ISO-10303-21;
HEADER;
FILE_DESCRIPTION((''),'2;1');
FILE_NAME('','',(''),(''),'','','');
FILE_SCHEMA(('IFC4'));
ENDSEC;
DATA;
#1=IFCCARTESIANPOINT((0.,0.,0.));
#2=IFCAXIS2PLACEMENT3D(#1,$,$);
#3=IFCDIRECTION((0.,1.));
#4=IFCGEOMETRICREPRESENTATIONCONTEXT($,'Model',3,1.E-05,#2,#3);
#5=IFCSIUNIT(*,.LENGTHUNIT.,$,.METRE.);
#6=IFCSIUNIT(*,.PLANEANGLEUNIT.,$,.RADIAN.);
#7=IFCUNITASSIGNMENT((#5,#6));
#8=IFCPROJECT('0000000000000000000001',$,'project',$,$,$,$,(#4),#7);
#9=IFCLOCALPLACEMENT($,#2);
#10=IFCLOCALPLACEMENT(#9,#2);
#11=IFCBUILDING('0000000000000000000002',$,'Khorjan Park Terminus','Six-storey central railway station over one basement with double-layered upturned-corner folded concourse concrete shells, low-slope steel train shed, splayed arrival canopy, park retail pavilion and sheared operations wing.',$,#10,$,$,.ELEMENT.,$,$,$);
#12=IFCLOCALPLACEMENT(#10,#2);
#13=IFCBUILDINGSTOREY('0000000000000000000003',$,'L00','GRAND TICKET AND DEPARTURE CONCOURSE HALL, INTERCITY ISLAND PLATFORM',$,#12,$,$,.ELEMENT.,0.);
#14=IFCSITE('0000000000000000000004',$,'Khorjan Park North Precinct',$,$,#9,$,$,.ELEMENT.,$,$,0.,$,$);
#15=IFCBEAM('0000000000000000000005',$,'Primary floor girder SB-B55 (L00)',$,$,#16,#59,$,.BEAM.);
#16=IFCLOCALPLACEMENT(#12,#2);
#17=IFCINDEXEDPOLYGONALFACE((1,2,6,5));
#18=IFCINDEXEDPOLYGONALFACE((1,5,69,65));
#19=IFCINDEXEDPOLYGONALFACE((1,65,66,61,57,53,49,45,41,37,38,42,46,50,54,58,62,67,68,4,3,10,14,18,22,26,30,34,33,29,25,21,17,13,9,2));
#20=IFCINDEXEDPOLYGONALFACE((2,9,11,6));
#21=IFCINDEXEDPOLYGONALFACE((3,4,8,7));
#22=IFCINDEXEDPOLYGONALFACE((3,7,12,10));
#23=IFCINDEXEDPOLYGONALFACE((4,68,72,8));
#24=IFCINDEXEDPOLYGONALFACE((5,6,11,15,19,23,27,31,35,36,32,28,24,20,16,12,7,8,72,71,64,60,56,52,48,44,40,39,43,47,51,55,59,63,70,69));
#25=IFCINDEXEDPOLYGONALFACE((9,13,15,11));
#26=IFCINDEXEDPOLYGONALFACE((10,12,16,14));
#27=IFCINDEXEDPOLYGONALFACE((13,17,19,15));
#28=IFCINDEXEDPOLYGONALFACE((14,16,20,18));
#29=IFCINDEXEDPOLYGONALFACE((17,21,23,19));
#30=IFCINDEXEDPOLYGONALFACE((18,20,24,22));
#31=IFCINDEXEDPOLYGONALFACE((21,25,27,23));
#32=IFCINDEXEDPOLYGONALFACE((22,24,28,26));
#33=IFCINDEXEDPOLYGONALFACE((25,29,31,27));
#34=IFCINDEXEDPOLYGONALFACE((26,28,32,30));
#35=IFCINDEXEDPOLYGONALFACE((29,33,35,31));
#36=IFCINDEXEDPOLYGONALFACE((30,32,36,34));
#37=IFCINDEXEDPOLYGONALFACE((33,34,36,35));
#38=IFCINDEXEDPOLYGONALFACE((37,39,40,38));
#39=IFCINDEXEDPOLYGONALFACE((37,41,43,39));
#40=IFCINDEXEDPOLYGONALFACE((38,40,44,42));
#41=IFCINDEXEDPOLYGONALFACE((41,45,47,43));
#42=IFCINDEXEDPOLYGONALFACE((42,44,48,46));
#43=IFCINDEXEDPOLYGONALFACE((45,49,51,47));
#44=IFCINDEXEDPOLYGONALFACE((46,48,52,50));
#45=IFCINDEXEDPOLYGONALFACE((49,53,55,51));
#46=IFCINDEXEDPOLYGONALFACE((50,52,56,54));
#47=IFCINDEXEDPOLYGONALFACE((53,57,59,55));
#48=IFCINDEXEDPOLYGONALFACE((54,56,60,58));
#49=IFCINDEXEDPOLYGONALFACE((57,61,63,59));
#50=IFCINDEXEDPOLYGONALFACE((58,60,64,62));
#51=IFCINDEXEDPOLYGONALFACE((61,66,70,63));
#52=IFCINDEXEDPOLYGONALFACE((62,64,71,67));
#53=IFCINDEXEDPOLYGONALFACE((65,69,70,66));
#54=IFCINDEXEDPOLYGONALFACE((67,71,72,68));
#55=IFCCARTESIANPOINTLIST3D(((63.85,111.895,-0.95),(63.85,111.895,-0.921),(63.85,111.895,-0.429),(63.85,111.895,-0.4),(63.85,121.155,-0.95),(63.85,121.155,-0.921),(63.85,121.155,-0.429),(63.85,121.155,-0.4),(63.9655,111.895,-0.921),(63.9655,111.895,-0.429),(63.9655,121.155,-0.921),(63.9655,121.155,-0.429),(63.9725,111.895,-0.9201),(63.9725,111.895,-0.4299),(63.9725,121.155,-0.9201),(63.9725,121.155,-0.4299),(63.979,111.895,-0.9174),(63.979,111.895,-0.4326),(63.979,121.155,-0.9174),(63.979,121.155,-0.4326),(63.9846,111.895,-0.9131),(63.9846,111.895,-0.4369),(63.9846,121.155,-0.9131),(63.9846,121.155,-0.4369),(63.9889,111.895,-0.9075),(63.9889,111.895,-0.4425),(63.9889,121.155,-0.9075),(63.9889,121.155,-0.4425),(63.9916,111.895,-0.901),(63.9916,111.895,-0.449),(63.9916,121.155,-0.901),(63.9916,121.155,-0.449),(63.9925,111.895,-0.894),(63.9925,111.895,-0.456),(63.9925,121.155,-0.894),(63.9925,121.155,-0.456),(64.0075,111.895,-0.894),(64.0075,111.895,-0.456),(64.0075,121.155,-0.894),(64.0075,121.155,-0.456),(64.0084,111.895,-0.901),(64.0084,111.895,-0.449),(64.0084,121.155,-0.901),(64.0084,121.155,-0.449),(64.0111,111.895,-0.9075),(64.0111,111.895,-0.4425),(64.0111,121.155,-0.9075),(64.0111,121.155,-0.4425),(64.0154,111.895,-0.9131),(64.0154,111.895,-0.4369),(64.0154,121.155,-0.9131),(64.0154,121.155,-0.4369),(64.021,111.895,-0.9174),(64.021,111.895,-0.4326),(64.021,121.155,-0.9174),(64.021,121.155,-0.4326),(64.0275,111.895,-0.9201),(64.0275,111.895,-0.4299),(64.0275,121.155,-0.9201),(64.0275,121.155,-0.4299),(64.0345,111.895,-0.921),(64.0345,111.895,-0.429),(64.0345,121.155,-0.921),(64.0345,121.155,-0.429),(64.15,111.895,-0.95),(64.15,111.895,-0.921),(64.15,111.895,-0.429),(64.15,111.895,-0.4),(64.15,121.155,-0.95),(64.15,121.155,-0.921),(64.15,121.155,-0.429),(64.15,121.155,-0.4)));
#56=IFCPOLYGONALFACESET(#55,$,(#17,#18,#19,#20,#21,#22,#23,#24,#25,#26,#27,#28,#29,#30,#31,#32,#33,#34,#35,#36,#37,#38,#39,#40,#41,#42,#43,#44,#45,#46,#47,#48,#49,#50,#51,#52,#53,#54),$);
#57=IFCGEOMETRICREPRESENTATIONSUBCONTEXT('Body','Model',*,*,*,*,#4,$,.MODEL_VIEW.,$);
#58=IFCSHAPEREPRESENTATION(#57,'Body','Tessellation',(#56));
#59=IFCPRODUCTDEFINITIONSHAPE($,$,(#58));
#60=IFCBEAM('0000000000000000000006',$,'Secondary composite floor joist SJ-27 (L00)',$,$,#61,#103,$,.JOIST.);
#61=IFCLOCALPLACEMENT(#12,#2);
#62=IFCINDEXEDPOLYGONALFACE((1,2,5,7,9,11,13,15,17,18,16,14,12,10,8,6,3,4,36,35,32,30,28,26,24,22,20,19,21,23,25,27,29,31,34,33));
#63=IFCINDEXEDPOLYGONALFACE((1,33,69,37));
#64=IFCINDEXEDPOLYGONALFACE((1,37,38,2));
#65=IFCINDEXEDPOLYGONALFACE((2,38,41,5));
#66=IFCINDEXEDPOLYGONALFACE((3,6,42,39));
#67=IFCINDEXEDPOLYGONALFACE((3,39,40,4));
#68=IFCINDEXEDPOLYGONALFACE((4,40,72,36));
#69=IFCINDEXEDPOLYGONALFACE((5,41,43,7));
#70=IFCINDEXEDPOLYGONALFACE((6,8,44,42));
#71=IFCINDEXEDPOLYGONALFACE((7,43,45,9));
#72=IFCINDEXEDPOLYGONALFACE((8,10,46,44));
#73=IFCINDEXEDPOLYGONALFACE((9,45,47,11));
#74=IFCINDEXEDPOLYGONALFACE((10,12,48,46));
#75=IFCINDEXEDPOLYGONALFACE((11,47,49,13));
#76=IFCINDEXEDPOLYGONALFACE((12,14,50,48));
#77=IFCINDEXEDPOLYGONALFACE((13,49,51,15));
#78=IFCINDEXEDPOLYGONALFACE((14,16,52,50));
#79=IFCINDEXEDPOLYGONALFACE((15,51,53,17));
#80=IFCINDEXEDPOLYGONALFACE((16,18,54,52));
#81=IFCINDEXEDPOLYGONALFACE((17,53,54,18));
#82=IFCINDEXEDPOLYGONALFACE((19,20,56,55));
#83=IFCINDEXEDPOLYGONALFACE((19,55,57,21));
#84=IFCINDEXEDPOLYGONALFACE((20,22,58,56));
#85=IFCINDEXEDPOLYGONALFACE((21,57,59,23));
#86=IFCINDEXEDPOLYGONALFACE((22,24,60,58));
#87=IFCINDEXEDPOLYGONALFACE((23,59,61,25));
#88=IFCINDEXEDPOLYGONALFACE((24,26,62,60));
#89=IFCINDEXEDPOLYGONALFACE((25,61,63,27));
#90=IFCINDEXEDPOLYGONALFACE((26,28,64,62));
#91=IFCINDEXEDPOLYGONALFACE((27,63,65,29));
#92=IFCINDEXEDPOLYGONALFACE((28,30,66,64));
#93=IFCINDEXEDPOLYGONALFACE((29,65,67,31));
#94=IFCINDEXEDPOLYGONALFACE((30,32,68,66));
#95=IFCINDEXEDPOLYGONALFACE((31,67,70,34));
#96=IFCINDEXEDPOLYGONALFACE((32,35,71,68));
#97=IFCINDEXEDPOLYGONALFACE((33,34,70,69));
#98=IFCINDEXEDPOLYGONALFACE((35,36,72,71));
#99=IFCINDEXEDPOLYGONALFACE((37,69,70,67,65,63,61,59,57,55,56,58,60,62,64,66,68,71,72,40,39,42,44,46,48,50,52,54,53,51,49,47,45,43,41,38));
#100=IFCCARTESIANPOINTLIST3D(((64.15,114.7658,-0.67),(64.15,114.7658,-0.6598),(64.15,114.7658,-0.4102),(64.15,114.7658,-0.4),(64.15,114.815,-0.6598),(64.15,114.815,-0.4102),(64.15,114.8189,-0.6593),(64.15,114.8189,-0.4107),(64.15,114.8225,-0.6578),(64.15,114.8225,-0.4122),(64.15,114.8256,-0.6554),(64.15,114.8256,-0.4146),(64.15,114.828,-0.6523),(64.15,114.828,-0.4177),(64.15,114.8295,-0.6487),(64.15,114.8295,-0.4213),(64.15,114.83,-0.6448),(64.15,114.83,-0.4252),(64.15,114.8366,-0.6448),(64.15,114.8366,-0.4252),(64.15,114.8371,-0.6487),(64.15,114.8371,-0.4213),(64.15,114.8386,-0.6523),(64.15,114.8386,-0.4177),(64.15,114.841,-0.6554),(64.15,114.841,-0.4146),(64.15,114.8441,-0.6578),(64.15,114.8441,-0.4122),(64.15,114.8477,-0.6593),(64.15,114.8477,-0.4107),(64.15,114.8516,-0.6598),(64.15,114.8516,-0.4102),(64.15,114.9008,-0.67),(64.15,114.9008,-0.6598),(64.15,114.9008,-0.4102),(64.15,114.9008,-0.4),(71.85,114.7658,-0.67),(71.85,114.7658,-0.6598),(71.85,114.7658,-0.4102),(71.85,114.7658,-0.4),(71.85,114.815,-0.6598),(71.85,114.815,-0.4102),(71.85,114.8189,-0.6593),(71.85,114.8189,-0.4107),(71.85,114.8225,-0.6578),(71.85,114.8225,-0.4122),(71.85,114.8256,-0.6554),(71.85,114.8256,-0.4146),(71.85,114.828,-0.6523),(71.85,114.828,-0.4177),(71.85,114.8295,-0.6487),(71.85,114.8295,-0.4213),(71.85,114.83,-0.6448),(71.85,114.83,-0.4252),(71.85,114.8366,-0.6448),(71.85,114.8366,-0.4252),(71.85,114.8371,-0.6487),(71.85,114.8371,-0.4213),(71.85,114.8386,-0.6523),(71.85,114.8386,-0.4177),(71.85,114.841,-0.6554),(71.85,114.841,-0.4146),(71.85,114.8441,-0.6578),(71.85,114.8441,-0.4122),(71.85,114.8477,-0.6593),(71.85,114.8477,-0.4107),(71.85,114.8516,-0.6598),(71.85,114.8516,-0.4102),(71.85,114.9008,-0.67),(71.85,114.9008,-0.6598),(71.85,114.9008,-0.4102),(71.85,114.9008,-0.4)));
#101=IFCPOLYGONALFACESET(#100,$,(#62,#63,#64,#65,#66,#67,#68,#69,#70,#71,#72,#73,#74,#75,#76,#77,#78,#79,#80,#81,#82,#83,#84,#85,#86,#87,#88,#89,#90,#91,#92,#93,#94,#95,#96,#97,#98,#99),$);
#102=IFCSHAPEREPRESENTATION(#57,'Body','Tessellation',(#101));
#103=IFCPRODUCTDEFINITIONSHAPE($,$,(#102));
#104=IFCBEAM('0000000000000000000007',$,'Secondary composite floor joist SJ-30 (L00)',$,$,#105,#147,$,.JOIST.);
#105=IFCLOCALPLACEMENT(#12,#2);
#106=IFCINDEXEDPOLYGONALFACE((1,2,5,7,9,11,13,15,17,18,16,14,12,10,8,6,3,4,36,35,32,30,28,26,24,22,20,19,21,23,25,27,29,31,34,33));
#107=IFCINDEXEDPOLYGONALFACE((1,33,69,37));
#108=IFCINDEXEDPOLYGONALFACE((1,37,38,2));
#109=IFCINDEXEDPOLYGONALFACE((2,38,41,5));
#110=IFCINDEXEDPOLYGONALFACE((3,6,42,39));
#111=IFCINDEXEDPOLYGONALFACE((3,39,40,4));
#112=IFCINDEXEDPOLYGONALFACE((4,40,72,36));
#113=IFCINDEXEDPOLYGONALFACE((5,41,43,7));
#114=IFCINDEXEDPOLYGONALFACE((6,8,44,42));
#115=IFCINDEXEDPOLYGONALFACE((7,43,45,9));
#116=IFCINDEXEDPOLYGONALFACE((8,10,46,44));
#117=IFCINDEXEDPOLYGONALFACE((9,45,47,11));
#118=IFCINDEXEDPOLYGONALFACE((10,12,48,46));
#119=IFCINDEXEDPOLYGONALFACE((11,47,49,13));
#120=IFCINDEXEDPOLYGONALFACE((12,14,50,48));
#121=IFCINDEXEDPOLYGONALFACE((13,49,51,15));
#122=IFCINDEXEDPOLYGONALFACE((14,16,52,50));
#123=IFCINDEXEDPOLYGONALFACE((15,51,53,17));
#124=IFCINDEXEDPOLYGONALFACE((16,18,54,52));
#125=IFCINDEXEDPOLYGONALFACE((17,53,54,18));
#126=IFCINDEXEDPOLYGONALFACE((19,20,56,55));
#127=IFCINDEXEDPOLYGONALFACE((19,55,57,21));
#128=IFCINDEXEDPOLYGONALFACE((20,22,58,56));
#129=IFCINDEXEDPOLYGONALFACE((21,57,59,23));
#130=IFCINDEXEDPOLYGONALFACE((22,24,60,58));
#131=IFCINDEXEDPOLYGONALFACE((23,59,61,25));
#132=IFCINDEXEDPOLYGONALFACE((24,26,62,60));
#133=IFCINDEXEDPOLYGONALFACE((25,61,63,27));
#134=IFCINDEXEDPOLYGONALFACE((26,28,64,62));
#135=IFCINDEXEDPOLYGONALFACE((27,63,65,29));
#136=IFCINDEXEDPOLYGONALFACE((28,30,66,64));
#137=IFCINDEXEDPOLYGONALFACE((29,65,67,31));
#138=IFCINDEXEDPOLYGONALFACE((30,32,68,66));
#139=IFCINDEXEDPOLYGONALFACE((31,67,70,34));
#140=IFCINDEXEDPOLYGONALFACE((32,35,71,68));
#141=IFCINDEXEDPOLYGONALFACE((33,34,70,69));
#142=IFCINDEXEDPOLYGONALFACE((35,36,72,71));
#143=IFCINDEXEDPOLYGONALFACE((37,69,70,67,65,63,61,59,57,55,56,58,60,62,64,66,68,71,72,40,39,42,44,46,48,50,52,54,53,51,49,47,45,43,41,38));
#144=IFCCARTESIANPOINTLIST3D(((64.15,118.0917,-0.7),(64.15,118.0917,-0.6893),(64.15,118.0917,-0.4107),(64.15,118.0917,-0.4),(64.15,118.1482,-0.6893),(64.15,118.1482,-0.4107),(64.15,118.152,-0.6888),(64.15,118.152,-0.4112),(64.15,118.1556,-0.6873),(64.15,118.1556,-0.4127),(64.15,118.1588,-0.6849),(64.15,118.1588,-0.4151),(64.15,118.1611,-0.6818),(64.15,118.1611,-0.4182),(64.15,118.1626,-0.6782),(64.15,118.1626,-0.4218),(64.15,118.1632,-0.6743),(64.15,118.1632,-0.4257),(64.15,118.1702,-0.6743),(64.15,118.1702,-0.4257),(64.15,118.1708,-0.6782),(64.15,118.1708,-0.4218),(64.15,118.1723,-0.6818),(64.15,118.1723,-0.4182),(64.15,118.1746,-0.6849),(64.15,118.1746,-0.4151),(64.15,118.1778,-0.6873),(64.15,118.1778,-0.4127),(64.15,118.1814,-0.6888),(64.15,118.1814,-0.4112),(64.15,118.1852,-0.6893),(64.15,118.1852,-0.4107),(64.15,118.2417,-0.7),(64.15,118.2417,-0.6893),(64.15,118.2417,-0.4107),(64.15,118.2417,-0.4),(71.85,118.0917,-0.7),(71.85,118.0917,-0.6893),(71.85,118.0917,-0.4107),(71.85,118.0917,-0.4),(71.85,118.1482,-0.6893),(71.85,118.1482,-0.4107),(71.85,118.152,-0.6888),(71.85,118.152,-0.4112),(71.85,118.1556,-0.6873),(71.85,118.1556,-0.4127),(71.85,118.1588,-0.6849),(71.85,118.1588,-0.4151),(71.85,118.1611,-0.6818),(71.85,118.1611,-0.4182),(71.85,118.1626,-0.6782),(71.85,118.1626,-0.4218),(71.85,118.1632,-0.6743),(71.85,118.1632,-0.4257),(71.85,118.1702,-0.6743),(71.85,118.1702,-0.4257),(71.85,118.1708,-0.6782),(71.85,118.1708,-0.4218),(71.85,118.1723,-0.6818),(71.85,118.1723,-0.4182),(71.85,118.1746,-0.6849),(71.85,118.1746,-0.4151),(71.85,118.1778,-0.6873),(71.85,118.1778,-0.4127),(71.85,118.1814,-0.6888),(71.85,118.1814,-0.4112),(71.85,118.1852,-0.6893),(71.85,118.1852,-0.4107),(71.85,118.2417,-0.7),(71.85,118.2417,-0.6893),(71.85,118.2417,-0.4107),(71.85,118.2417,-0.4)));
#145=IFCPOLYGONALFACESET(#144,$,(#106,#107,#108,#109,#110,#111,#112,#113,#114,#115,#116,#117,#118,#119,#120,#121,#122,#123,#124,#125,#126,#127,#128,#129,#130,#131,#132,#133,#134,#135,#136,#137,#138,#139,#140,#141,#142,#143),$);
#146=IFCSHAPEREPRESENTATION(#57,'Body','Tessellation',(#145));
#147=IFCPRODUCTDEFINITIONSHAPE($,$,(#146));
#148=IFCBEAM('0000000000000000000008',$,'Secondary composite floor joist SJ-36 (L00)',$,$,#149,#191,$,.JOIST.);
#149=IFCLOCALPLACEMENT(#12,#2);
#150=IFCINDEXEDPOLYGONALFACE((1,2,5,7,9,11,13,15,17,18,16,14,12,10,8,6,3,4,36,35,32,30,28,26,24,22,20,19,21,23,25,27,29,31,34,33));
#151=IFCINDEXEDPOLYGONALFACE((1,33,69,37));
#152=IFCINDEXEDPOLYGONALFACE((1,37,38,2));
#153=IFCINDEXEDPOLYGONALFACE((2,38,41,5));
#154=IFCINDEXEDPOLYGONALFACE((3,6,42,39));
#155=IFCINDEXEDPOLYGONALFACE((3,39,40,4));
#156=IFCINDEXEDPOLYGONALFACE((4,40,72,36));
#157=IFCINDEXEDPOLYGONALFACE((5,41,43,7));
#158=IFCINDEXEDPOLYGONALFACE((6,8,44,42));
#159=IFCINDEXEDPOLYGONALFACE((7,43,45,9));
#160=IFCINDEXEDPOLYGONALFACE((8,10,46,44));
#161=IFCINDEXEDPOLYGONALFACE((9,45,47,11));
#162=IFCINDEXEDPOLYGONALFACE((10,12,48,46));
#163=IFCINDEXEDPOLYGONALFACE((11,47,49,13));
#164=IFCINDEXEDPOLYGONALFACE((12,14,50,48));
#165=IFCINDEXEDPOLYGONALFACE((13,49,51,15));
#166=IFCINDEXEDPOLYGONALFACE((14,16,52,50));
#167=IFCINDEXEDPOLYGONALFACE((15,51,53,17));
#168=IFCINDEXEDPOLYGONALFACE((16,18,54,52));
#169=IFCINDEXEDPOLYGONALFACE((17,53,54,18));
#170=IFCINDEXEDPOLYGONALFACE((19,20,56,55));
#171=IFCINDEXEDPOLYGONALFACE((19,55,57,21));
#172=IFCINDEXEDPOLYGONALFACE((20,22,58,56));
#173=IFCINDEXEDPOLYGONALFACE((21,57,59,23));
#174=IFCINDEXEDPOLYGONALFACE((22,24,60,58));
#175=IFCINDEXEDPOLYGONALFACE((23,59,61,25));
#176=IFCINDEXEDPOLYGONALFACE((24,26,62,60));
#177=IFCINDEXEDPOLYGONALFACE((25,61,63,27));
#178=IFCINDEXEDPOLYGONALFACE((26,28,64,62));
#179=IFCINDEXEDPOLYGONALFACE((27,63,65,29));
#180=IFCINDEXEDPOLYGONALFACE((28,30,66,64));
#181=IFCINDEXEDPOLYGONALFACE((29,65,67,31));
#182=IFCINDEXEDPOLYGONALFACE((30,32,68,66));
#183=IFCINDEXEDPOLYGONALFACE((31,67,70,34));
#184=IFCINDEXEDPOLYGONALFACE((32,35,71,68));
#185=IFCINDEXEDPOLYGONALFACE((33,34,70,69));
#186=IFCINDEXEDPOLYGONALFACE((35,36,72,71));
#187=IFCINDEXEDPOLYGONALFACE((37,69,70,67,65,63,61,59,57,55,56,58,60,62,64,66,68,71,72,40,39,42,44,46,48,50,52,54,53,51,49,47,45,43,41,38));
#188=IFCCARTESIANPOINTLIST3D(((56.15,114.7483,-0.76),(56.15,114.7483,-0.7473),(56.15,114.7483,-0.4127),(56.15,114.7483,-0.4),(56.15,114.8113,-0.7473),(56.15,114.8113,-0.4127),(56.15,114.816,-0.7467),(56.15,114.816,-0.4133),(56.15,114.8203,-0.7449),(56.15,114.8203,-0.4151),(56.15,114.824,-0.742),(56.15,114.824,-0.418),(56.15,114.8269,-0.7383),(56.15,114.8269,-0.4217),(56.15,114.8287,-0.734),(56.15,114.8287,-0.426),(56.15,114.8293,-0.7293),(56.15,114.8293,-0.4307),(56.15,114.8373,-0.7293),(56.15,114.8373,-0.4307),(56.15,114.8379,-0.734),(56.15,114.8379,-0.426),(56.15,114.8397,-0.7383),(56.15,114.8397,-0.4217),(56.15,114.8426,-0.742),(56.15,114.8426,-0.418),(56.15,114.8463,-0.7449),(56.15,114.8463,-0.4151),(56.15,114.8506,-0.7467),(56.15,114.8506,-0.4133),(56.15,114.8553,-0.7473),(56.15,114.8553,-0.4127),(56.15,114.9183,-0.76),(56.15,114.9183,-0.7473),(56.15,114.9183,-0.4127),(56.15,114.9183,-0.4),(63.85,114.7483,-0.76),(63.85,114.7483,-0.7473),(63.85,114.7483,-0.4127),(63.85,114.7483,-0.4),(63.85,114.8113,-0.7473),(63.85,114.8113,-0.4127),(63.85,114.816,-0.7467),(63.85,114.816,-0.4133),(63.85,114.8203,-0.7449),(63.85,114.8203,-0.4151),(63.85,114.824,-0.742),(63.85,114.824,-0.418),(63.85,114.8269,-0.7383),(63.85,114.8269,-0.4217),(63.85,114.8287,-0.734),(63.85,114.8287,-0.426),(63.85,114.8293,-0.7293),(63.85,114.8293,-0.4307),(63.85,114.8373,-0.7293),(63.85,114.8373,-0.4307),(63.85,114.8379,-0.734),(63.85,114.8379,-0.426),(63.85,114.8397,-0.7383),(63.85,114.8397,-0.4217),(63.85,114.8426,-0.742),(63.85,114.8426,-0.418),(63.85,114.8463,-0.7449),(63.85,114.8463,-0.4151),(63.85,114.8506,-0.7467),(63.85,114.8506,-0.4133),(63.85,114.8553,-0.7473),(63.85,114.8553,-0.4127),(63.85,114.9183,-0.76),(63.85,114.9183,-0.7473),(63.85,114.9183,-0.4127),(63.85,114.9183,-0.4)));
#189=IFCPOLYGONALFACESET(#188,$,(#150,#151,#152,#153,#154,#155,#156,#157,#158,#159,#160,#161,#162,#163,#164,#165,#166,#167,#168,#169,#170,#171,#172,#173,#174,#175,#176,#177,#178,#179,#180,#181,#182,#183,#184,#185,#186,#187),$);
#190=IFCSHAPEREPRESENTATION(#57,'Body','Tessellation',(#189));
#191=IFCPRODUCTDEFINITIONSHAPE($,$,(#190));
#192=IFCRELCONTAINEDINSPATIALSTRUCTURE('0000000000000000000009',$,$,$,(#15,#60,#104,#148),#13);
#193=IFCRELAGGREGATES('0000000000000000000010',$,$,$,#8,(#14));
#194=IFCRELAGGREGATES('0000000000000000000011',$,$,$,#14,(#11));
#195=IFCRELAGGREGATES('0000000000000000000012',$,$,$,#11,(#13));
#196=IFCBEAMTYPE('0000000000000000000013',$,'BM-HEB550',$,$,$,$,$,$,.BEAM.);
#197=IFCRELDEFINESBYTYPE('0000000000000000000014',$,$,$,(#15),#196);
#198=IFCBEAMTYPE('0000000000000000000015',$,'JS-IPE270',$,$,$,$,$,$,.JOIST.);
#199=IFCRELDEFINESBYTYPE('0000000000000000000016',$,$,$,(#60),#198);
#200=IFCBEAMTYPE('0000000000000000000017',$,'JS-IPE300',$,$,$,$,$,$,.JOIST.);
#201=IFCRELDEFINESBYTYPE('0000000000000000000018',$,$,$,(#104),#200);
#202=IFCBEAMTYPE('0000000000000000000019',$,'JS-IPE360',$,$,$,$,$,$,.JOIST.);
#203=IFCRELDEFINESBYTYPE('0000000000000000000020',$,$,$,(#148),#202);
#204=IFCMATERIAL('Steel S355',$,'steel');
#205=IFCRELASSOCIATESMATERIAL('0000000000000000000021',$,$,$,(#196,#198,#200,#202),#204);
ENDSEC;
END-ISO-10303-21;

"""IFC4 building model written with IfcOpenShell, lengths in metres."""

from ifc_helpers import new_model, si_unit, direction, frame, origin, origin_2d, place, context, subcontext, project, spatial, i_section, extrude, material, material_profile, profile_set, type_object, element, save


model = new_model("IFC4")

# Units and contexts
model_context = context("Model", 3, precision=1e-05, world=origin(), true_north=direction((0.0, 1.0)))
body_context = subcontext(model_context, "Body", "Model", "MODEL_VIEW")
ifc_project = project(units=[si_unit("LENGTHUNIT", "METRE"), si_unit("PLANEANGLEUNIT", "RADIAN")], contexts=[model_context])

# Site, building, storey
site_placement = place(None, origin())
site = spatial("IfcSite", under=ifc_project, at=site_placement, Name="Khorjan Park North Precinct", CompositionType="ELEMENT", RefElevation=0.0)
building_placement = place(site_placement, origin())
building = spatial("IfcBuilding", under=site, at=building_placement, Name="Khorjan Park Terminus", Description="Six-storey central railway station over one basement with double-layered upturned-corner folded concourse concrete shells, low-slope steel train shed, splayed arrival canopy, park retail pavilion and sheared operations wing.", CompositionType="ELEMENT")
storey_placement = place(building_placement, origin())
storey = spatial("IfcBuildingStorey", under=building, at=storey_placement, Name="L00", Description="GRAND TICKET AND DEPARTURE CONCOURSE HALL, INTERCITY ISLAND PLATFORM", CompositionType="ELEMENT", Elevation=0.0)

# Shared definitions
ifc_material_1 = material(Name="Steel S355", Category="steel")

# Beams
ifc_material_profile_1 = material_profile(ifc_material_1, i_section(OverallWidth=0.3, OverallDepth=0.55, WebThickness=0.015, FlangeThickness=0.029, FilletRadius=0.027, at=origin_2d()), Name="HEB 550")
ifc_profile_set_1 = profile_set([ifc_material_profile_1], Name="Steel S355")
beam_type_1 = type_object("IfcBeamType", Name="BM-HEB550", PredefinedType="BEAM", material=ifc_profile_set_1)
beam_1_placement = place(storey_placement, frame((64.0, 111.895, -0.675), z_axis=(0.0, 1.0, 0.0), x_axis=(-1.0, 0.0, 0.0)))
element("IfcBeam", 1, at=beam_1_placement, inside=storey, type_object=beam_type_1, Name="Primary floor girder SB-B55 (L00)", PredefinedType="BEAM", context=body_context, shape_type="SweptSolid", body=[
    extrude(i_section(OverallWidth=0.3, OverallDepth=0.55, WebThickness=0.015, FlangeThickness=0.029, FilletRadius=0.027, at=origin_2d()), origin(), (0.0, 0.0, 1.0), 9.26),
])
ifc_material_profile_2 = material_profile(ifc_material_1, i_section(OverallWidth=0.135, OverallDepth=0.27, WebThickness=0.0066, FlangeThickness=0.0102, FilletRadius=0.015, at=origin_2d()), Name="IPE 270")
ifc_profile_set_2 = profile_set([ifc_material_profile_2], Name="Steel S355")
beam_type_2 = type_object("IfcBeamType", Name="JS-IPE270", PredefinedType="JOIST", material=ifc_profile_set_2)
beam_2_placement = place(storey_placement, frame((64.15, 114.8333, -0.535), z_axis=(1.0, 0.0, 0.0), x_axis=(0.0, 1.0, 0.0)))
element("IfcBeam", 2, at=beam_2_placement, inside=storey, type_object=beam_type_2, Name="Secondary composite floor joist SJ-27 (L00)", PredefinedType="JOIST", context=body_context, shape_type="SweptSolid", body=[
    extrude(i_section(OverallWidth=0.135, OverallDepth=0.27, WebThickness=0.0066, FlangeThickness=0.0102, FilletRadius=0.015, at=origin_2d()), origin(), (0.0, 0.0, 1.0), 7.7),
])
ifc_material_profile_3 = material_profile(ifc_material_1, i_section(OverallWidth=0.15, OverallDepth=0.3, WebThickness=0.0071, FlangeThickness=0.0107, FilletRadius=0.015, at=origin_2d()), Name="IPE 300")
ifc_profile_set_3 = profile_set([ifc_material_profile_3], Name="Steel S355")
beam_type_3 = type_object("IfcBeamType", Name="JS-IPE300", PredefinedType="JOIST", material=ifc_profile_set_3)
beam_3_placement = place(storey_placement, frame((64.15, 118.1667, -0.55), z_axis=(1.0, 0.0, 0.0), x_axis=(0.0, 1.0, 0.0)))
element("IfcBeam", 3, at=beam_3_placement, inside=storey, type_object=beam_type_3, Name="Secondary composite floor joist SJ-30 (L00)", PredefinedType="JOIST", context=body_context, shape_type="SweptSolid", body=[
    extrude(i_section(OverallWidth=0.15, OverallDepth=0.3, WebThickness=0.0071, FlangeThickness=0.0107, FilletRadius=0.015, at=origin_2d()), origin(), (0.0, 0.0, 1.0), 7.7),
])
ifc_material_profile_4 = material_profile(ifc_material_1, i_section(OverallWidth=0.17, OverallDepth=0.36, WebThickness=0.008, FlangeThickness=0.0127, FilletRadius=0.018, at=origin_2d()), Name="IPE 360")
ifc_profile_set_4 = profile_set([ifc_material_profile_4], Name="Steel S355")
beam_type_4 = type_object("IfcBeamType", Name="JS-IPE360", PredefinedType="JOIST", material=ifc_profile_set_4)
beam_4_placement = place(storey_placement, frame((56.15, 114.8333, -0.58), z_axis=(1.0, 0.0, 0.0), x_axis=(0.0, 1.0, 0.0)))
element("IfcBeam", 4, at=beam_4_placement, inside=storey, type_object=beam_type_4, Name="Secondary composite floor joist SJ-36 (L00)", PredefinedType="JOIST", context=body_context, shape_type="SweptSolid", body=[
    extrude(i_section(OverallWidth=0.17, OverallDepth=0.36, WebThickness=0.008, FlangeThickness=0.0127, FilletRadius=0.018, at=origin_2d()), origin(), (0.0, 0.0, 1.0), 7.7),
])

save(model, "model.ifc")
